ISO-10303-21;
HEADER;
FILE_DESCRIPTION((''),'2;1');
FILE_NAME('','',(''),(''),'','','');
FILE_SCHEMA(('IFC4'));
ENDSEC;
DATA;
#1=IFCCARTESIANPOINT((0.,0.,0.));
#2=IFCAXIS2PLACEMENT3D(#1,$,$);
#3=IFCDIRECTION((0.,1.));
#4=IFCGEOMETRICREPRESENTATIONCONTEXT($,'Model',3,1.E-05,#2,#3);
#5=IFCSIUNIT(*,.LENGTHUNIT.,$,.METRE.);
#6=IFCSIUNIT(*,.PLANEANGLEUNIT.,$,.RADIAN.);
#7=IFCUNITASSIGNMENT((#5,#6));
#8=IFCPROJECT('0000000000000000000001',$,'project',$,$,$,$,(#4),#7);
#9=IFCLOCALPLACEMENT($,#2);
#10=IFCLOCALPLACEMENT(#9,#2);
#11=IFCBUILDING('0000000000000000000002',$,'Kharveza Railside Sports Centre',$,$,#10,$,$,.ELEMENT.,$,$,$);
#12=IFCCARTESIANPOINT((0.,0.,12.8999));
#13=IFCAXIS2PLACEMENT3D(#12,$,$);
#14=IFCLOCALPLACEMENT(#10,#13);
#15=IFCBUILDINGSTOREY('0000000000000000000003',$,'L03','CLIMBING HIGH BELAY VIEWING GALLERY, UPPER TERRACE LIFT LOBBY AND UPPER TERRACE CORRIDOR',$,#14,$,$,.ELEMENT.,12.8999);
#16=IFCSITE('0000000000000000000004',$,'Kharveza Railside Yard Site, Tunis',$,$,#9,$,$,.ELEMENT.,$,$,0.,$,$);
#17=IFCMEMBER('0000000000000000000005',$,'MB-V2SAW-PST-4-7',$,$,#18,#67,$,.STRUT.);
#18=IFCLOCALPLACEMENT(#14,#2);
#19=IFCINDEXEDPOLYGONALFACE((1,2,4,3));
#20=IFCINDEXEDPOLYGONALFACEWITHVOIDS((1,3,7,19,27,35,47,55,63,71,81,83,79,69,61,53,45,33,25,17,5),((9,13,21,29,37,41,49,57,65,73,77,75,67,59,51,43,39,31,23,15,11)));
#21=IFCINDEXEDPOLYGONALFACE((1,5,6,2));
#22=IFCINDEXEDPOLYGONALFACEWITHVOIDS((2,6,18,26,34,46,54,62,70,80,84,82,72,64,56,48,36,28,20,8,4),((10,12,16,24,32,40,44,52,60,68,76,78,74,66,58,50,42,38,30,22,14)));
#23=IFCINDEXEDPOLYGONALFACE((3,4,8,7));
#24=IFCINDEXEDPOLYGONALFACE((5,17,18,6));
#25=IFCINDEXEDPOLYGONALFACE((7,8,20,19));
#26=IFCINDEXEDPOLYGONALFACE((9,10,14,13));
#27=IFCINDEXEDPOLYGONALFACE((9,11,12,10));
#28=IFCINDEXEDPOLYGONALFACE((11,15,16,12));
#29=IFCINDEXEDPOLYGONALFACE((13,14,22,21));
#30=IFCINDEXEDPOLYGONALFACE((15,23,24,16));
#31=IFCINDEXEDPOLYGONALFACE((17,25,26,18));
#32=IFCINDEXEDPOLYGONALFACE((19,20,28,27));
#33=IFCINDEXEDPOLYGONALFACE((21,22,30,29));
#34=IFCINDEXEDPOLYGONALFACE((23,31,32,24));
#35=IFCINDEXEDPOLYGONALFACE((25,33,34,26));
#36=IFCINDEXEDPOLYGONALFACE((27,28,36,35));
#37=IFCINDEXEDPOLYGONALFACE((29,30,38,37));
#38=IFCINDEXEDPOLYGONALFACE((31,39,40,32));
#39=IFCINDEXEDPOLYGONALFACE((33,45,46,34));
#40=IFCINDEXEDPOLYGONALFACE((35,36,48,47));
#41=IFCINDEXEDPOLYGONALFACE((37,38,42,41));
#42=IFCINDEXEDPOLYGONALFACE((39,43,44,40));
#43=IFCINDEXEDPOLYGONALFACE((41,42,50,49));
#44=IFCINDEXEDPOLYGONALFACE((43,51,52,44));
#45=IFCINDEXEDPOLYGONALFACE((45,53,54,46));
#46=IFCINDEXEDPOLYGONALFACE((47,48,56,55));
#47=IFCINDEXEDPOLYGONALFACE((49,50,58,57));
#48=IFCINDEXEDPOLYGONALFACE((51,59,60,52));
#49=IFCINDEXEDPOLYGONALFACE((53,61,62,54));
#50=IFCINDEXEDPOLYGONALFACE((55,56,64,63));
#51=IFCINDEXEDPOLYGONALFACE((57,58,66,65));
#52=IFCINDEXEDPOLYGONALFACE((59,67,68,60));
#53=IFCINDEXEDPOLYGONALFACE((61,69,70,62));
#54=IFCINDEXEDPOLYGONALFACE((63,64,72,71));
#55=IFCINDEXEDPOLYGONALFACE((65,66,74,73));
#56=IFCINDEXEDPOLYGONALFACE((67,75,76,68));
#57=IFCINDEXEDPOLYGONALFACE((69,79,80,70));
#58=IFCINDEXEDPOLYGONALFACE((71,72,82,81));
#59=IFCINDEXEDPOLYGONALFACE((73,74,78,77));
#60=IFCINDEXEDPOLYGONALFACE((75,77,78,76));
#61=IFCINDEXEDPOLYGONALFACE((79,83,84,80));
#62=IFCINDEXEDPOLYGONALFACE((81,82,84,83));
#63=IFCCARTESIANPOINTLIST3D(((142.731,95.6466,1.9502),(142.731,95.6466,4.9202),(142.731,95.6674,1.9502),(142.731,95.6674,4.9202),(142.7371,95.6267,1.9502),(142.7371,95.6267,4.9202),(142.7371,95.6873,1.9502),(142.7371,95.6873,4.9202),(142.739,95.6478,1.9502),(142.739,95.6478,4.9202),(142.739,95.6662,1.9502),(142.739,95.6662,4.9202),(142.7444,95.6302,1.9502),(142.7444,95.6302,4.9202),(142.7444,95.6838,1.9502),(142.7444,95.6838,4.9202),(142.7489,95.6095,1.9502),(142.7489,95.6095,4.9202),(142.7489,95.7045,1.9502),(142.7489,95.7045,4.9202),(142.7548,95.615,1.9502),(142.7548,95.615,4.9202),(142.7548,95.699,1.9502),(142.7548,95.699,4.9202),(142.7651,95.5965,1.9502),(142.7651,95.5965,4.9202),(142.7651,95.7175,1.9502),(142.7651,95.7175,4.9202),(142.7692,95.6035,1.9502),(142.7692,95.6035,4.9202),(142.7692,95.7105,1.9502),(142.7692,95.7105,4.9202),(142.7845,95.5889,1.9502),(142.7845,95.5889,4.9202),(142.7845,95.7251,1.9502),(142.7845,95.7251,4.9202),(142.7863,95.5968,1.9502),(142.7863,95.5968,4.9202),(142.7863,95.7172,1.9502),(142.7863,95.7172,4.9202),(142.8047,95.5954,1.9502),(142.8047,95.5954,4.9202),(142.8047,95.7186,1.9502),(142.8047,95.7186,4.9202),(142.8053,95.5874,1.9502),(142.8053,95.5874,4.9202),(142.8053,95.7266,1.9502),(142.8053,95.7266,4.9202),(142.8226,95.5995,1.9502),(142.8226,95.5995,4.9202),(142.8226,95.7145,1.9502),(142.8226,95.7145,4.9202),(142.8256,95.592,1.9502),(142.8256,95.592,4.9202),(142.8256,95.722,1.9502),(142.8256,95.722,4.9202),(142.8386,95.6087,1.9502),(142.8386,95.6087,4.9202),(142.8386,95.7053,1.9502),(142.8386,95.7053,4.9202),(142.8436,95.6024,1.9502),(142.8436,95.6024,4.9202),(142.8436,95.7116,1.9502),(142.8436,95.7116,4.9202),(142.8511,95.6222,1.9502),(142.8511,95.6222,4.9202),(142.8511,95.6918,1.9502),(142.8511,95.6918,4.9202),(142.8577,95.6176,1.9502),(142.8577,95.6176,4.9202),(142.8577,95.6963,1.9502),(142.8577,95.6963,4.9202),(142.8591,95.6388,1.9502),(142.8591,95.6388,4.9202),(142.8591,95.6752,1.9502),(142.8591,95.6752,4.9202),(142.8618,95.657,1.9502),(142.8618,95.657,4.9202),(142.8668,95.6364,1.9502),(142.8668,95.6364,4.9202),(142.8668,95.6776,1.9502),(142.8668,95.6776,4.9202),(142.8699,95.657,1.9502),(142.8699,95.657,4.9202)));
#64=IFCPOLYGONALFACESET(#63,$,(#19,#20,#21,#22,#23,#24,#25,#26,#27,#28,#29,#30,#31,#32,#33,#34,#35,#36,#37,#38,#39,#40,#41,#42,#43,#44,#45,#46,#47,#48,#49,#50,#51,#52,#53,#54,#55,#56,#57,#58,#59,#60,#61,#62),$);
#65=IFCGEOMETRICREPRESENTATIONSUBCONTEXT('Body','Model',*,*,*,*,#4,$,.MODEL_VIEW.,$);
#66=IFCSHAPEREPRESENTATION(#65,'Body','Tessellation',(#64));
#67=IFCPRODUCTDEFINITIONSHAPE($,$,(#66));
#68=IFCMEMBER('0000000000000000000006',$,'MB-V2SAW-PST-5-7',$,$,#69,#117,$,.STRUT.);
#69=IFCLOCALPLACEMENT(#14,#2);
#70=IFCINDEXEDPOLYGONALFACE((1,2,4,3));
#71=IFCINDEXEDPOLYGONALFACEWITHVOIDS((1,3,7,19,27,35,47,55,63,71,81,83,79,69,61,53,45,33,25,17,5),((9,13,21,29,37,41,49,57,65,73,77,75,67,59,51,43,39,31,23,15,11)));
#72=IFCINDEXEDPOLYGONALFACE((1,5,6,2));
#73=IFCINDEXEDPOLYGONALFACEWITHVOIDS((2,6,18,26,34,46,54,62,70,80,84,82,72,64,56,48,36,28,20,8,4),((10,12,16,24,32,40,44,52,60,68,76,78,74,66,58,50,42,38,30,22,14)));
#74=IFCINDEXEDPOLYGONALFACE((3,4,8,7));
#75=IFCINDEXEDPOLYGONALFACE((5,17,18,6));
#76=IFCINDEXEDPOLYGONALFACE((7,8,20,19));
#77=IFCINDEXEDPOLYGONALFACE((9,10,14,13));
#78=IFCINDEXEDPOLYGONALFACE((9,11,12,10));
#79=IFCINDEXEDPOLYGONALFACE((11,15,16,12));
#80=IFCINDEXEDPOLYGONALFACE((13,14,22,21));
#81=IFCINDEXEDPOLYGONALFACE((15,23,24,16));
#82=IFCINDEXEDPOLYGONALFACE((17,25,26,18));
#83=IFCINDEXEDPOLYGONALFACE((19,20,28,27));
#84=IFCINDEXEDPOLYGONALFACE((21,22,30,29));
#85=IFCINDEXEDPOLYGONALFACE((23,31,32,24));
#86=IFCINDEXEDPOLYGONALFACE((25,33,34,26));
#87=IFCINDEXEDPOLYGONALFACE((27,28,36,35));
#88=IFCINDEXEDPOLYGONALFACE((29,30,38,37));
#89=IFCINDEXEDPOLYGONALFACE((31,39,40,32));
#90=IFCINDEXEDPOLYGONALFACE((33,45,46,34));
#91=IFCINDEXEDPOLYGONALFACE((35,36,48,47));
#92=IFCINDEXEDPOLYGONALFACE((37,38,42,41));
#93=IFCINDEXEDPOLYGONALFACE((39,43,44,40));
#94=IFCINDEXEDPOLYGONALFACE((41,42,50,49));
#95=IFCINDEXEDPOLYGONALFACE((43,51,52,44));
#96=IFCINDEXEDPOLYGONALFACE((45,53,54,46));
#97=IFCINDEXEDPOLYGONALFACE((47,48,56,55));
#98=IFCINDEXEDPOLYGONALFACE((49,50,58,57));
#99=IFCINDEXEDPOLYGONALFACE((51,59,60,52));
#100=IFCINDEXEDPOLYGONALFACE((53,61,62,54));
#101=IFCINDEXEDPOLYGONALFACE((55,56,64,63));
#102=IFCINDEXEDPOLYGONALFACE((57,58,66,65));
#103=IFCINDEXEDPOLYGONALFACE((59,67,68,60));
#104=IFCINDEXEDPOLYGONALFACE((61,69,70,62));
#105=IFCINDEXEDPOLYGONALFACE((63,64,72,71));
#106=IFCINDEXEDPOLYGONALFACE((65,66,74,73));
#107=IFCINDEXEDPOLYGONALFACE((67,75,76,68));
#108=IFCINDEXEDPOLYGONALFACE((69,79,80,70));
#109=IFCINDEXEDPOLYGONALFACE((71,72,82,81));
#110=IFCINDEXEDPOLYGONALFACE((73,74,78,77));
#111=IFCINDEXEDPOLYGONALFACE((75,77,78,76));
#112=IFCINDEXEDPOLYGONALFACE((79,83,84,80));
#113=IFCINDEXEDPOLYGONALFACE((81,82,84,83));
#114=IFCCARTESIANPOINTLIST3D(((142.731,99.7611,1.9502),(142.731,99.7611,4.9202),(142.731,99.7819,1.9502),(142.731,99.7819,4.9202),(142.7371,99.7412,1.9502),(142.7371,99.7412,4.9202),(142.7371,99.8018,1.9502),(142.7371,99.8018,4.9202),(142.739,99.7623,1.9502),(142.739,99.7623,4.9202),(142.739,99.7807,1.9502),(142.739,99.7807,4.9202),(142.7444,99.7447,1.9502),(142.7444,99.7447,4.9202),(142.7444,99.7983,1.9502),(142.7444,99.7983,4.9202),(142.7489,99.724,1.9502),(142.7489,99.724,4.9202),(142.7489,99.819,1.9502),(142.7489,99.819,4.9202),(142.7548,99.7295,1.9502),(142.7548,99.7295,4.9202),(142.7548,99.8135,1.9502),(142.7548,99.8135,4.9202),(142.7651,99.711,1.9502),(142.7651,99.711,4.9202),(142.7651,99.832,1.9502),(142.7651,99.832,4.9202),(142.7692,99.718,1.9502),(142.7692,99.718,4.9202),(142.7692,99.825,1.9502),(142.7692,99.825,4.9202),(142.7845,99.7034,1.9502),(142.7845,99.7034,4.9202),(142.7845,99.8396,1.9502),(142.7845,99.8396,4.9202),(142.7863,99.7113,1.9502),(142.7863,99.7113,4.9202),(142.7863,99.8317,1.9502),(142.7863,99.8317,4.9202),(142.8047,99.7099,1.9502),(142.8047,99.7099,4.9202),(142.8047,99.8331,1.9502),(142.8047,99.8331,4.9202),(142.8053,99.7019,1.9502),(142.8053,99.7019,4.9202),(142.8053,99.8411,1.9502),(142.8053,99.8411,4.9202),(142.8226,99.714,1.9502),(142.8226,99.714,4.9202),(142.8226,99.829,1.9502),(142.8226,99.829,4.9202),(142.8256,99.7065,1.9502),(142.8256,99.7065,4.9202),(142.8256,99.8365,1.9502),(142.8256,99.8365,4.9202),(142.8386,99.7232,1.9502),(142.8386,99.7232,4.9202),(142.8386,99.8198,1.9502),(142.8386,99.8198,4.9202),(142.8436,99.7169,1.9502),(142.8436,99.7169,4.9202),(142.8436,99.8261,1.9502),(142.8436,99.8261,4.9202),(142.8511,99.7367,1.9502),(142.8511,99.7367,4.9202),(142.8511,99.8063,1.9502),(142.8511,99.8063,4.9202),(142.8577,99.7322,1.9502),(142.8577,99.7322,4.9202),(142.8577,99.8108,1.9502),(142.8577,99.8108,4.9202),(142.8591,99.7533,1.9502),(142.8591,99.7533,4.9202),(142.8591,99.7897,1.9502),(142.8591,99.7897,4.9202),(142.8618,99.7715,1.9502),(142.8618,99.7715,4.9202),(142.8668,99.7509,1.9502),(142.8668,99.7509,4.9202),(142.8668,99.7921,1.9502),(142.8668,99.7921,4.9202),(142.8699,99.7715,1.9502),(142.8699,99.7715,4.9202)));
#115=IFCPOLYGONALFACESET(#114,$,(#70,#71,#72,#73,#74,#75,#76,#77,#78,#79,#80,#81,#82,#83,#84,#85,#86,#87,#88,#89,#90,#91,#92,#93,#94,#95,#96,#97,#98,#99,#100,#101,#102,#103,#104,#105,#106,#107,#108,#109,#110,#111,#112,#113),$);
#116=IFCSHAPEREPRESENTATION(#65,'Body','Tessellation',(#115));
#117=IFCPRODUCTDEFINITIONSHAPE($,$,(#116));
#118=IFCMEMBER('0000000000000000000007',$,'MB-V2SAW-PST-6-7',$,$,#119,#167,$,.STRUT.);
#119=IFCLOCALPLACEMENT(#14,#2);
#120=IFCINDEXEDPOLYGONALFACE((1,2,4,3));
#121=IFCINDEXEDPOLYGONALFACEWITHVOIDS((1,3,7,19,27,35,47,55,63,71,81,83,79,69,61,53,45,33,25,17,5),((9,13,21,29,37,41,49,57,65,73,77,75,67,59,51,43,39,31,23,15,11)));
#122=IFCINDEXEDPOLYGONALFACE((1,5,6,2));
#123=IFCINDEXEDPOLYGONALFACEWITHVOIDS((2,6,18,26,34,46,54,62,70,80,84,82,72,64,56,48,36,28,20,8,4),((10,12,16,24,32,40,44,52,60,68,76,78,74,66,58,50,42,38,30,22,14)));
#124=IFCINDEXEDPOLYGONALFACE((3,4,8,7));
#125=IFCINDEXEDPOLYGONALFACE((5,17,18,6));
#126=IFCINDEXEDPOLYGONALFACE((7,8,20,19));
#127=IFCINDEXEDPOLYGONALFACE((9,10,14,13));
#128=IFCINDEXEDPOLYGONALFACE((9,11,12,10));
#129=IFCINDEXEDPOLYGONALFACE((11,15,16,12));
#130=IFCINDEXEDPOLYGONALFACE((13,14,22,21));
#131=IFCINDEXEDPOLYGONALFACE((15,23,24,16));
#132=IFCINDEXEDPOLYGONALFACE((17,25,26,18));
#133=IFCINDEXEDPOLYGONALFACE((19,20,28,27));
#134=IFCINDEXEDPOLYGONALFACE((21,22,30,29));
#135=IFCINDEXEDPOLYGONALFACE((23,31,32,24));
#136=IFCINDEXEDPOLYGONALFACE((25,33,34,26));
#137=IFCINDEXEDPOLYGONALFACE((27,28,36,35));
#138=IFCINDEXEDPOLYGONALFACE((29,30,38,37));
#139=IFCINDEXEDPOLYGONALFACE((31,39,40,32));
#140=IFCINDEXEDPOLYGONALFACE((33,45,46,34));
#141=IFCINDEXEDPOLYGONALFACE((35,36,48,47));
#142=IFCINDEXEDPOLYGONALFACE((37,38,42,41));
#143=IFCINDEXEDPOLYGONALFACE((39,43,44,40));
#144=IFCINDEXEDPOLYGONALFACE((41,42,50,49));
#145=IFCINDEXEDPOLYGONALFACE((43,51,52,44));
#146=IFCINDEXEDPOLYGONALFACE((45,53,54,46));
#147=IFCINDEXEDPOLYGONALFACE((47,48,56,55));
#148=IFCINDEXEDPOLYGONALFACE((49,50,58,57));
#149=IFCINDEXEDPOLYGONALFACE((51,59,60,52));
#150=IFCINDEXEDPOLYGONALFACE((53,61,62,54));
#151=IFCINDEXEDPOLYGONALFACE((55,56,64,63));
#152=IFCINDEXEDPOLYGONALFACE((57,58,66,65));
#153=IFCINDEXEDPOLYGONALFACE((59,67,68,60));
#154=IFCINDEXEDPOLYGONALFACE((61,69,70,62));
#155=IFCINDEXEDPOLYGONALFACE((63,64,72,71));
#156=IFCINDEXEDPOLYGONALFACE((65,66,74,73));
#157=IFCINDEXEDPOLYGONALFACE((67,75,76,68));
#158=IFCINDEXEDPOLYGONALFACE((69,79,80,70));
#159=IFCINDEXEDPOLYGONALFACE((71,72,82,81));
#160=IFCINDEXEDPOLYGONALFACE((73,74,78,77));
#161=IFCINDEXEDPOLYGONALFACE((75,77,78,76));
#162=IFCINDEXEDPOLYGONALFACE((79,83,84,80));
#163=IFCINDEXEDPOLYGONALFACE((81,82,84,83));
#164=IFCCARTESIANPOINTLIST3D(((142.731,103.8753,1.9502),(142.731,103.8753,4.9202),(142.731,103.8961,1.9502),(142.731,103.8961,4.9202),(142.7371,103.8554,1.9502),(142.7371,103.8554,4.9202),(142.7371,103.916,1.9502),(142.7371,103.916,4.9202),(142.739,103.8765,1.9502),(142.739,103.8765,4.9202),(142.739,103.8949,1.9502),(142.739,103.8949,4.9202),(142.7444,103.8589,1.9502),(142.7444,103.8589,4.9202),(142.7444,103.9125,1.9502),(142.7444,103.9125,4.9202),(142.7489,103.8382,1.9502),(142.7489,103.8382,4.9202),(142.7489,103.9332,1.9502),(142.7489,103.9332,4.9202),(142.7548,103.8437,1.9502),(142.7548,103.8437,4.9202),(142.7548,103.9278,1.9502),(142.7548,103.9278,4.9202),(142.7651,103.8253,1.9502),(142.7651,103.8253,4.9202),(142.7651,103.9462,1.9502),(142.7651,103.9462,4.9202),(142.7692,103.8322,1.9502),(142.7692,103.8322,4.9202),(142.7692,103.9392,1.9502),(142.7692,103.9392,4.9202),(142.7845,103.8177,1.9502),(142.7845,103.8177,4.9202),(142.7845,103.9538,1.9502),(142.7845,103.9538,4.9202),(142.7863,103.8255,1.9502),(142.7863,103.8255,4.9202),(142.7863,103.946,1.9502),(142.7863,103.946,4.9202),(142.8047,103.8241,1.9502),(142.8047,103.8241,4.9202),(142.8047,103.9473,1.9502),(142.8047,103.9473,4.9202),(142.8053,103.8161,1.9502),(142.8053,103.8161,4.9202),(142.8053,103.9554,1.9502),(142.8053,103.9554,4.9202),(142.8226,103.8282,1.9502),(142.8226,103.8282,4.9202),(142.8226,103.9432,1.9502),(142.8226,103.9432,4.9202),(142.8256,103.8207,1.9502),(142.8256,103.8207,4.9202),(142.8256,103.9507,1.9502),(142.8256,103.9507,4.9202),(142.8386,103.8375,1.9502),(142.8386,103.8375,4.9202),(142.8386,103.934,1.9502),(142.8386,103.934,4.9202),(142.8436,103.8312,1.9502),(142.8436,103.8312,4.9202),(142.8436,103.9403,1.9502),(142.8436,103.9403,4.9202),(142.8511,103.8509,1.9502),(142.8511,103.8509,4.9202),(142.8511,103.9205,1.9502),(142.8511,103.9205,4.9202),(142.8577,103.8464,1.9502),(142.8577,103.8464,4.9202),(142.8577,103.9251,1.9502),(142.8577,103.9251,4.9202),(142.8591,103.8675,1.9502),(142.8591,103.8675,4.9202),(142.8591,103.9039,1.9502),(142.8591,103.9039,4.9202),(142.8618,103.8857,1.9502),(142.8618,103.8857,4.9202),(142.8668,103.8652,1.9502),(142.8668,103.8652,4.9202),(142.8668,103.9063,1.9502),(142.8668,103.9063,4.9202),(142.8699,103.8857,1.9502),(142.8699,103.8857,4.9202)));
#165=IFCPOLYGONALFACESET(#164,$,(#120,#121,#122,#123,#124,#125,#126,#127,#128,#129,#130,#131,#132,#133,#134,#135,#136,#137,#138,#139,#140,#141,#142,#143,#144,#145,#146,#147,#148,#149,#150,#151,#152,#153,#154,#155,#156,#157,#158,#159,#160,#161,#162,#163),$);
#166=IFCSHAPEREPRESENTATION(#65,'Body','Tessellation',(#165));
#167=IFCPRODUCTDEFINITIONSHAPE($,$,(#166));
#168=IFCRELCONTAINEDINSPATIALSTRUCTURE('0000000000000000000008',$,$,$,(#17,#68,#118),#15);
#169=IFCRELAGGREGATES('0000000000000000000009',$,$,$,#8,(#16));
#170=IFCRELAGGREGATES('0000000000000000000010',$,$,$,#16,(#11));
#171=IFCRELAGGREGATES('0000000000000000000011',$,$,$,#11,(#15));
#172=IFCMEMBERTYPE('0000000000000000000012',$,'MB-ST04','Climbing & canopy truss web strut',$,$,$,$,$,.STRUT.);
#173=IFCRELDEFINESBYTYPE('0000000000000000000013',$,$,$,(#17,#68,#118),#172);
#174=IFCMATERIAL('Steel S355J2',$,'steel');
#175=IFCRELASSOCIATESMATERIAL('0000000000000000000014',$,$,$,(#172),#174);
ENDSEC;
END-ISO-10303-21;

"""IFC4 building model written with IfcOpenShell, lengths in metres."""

from ifc_helpers import new_model, si_unit, direction, frame, origin, origin_2d, place, context, subcontext, project, spatial, hollow_circle, extrude, material, material_profile, profile_set, type_object, element, save


model = new_model("IFC4")

# Units and contexts
model_context = context("Model", 3, precision=1e-05, world=origin(), true_north=direction((0.0, 1.0)))
body_context = subcontext(model_context, "Body", "Model", "MODEL_VIEW")
ifc_project = project(units=[si_unit("LENGTHUNIT", "METRE"), si_unit("PLANEANGLEUNIT", "RADIAN")], contexts=[model_context])

# Site, building, storey
site_placement = place(None, origin())
site = spatial("IfcSite", under=ifc_project, at=site_placement, Name="Kharveza Railside Yard Site, Tunis", CompositionType="ELEMENT", RefElevation=0.0)
building_placement = place(site_placement, origin())
building = spatial("IfcBuilding", under=site, at=building_placement, Name="Kharveza Railside Sports Centre", CompositionType="ELEMENT")
storey_placement = place(building_placement, frame((0.0, 0.0, 12.8999)))
storey = spatial("IfcBuildingStorey", under=building, at=storey_placement, Name="L03", Description="CLIMBING HIGH BELAY VIEWING GALLERY, UPPER TERRACE LIFT LOBBY AND UPPER TERRACE CORRIDOR", CompositionType="ELEMENT", Elevation=12.8999)

# Members
ifc_material_1 = material(Name="Steel S355J2", Category="steel")
ifc_material_profile_1 = material_profile(ifc_material_1, hollow_circle(Radius=0.0698, WallThickness=0.0081, at=origin_2d()), Name="CHS 139.7x8.0")
ifc_profile_set_1 = profile_set([ifc_material_profile_1], Name="Steel S355J2")
member_type_1 = type_object("IfcMemberType", Name="MB-ST04", Description="Climbing & canopy truss web strut", PredefinedType="STRUT", material=ifc_profile_set_1)
for number, where, z_axis, x_axis, name in (
    (1, (142.8, 95.657, 1.9502), (0.0, 0.0, 1.0), (1.0, 0.0, 0.0), "MB-V2SAW-PST-4-7"),
    (2, (142.8, 99.7715, 1.9502), (0.0, 0.0, 1.0), (1.0, 0.0, 0.0), "MB-V2SAW-PST-5-7"),
    (3, (142.8, 103.8857, 1.9502), (0.0, 0.0, 1.0), (1.0, 0.0, 0.0), "MB-V2SAW-PST-6-7"),
):
    element("IfcMember", number, at=place(storey_placement, frame(where, z_axis=z_axis, x_axis=x_axis)), inside=storey, type_object=member_type_1, Name=name, PredefinedType="STRUT", context=body_context, shape_type="SweptSolid", body=[
        extrude(hollow_circle(Radius=0.0698, WallThickness=0.0081, at=origin_2d()), origin(), (0.0, 0.0, 1.0), 2.97),
    ])

save(model, "model.ifc")
